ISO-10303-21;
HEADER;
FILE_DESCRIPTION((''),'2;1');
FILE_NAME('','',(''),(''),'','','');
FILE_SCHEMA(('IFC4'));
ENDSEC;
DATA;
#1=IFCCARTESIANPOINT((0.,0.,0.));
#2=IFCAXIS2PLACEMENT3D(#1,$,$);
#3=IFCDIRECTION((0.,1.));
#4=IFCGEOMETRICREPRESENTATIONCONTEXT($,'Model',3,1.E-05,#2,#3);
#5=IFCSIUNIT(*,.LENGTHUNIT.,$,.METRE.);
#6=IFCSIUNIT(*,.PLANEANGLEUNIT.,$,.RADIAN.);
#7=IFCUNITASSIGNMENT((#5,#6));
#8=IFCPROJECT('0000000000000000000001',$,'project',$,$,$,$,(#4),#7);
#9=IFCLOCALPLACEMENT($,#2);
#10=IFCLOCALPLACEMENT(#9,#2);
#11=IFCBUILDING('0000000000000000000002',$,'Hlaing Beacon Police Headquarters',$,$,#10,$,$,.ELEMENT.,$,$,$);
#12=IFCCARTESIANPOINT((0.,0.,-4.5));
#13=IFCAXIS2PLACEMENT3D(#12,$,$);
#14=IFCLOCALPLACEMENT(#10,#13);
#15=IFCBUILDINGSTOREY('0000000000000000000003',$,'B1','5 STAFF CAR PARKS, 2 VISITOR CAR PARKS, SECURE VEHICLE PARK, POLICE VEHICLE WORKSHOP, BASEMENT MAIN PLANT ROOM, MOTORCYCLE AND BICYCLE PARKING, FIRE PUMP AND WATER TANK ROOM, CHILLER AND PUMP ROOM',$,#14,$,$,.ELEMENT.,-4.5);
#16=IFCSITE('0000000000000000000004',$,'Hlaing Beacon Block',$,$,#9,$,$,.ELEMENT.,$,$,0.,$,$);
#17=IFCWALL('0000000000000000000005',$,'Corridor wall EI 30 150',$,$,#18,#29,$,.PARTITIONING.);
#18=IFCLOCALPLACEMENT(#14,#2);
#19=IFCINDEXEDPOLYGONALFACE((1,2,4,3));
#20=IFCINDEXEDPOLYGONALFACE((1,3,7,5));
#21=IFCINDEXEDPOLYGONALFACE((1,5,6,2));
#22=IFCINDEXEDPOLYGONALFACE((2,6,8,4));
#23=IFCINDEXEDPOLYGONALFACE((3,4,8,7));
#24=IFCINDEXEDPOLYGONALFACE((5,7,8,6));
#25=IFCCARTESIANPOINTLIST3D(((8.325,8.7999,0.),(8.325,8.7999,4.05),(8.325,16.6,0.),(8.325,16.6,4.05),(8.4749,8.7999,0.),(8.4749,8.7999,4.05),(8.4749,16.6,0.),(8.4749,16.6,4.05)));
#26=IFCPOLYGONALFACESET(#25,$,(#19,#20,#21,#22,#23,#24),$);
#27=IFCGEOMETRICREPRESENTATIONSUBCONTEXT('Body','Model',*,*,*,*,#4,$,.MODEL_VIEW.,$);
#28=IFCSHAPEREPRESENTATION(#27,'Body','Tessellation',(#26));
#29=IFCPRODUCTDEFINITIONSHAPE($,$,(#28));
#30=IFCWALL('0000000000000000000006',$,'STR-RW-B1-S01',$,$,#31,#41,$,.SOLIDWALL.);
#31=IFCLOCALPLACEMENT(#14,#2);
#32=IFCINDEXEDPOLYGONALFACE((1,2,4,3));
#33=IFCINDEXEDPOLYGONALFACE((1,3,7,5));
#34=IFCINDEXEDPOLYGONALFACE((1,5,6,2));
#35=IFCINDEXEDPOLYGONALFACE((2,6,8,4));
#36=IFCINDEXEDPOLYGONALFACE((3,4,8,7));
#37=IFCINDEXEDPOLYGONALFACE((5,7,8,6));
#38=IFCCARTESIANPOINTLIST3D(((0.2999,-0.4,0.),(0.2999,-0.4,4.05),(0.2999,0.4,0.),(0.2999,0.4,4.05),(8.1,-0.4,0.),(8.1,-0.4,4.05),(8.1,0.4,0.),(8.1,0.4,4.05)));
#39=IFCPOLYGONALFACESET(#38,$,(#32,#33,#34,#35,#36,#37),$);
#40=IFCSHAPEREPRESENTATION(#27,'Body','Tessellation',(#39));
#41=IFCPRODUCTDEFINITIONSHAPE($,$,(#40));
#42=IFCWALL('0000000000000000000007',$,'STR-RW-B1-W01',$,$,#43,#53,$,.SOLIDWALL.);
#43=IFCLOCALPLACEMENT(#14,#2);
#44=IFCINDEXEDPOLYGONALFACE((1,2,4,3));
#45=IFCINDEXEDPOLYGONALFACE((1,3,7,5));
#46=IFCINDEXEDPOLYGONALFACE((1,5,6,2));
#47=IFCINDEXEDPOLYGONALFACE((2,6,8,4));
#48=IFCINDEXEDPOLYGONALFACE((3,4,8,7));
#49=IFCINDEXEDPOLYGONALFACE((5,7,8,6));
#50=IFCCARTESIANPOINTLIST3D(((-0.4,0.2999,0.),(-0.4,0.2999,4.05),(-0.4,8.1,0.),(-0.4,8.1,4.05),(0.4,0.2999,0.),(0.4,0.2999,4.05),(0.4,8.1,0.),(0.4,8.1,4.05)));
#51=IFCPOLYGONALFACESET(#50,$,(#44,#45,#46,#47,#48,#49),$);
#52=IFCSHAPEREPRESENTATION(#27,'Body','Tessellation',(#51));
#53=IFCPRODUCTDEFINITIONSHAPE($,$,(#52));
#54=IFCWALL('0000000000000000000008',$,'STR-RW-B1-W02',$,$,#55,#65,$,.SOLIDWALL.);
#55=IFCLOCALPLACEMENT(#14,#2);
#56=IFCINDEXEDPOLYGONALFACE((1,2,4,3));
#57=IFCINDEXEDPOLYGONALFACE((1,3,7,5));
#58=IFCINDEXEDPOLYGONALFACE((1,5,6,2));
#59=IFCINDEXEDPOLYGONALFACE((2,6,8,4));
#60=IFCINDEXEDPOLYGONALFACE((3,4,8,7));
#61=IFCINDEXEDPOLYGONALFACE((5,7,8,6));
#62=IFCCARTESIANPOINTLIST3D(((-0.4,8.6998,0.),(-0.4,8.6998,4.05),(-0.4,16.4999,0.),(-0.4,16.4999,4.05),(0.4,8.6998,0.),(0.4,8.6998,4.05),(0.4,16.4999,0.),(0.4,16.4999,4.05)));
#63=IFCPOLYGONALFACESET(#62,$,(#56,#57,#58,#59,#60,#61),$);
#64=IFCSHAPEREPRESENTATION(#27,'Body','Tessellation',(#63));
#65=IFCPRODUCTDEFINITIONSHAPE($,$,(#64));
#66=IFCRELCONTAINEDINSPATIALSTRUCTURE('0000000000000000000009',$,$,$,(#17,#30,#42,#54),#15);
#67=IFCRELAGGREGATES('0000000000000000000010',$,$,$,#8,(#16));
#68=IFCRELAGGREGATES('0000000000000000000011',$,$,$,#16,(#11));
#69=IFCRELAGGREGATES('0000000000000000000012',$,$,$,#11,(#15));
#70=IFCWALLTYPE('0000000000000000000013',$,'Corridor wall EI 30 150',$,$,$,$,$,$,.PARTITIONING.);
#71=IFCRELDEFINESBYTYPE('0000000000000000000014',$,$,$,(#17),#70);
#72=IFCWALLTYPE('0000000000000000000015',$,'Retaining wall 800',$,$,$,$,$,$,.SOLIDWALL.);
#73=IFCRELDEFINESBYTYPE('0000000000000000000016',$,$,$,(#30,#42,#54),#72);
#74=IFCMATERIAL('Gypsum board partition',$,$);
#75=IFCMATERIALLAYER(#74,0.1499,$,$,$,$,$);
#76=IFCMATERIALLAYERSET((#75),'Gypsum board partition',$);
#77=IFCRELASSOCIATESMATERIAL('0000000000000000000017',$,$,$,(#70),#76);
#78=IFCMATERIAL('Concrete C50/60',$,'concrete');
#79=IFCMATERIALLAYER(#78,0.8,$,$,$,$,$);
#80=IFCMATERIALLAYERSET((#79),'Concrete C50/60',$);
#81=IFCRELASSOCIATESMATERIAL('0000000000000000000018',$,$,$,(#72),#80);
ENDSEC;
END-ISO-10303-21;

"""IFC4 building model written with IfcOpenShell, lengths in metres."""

from ifc_helpers import new_model, si_unit, direction, frame, frame_2d, origin, place, context, subcontext, project, spatial, rectangle, extrude, material, layer, layer_set, type_object, element, save


model = new_model("IFC4")

# Units and contexts
model_context = context("Model", 3, precision=1e-05, world=origin(), true_north=direction((0.0, 1.0)))
body_context = subcontext(model_context, "Body", "Model", "MODEL_VIEW")
ifc_project = project(units=[si_unit("LENGTHUNIT", "METRE"), si_unit("PLANEANGLEUNIT", "RADIAN")], contexts=[model_context])

# Site, building, storey
site_placement = place(None, origin())
site = spatial("IfcSite", under=ifc_project, at=site_placement, Name="Hlaing Beacon Block", CompositionType="ELEMENT", RefElevation=0.0)
building_placement = place(site_placement, origin())
building = spatial("IfcBuilding", under=site, at=building_placement, Name="Hlaing Beacon Police Headquarters", CompositionType="ELEMENT")
storey_placement = place(building_placement, frame((0.0, 0.0, -4.5)))
storey = spatial("IfcBuildingStorey", under=building, at=storey_placement, Name="B1", Description="5 STAFF CAR PARKS, 2 VISITOR CAR PARKS, SECURE VEHICLE PARK, POLICE VEHICLE WORKSHOP, BASEMENT MAIN PLANT ROOM, MOTORCYCLE AND BICYCLE PARKING, FIRE PUMP AND WATER TANK ROOM, CHILLER AND PUMP ROOM", CompositionType="ELEMENT", Elevation=-4.5)

# Walls
ifc_material_1 = material(Name="Gypsum board partition")
ifc_layer_1 = layer(ifc_material_1, 0.1499)
ifc_layer_set_1 = layer_set([ifc_layer_1], Name="Gypsum board partition")
wall_type_1 = type_object("IfcWallType", Name="Corridor wall EI 30 150", PredefinedType="PARTITIONING", material=ifc_layer_set_1)
wall_1_placement = place(storey_placement, frame((8.3999, 8.8, 0.0), z_axis=(0.0, 0.0, 1.0), x_axis=(0.0, 1.0, 0.0)))
element("IfcWall", 1, at=wall_1_placement, inside=storey, type_object=wall_type_1, Name="Corridor wall EI 30 150", PredefinedType="PARTITIONING", context=body_context, shape_type="SweptSolid", body=[
    extrude(rectangle(XDim=7.8, YDim=0.1499, at=frame_2d((3.8999, 0.0))), origin(), (0.0, 0.0, 1.0), 4.05),
])
ifc_material_2 = material(Name="Concrete C50/60", Category="concrete")
ifc_layer_2 = layer(ifc_material_2, 0.8)
ifc_layer_set_2 = layer_set([ifc_layer_2], Name="Concrete C50/60")
wall_type_2 = type_object("IfcWallType", Name="Retaining wall 800", PredefinedType="SOLIDWALL", material=ifc_layer_set_2)
for number, where, z_axis, x_axis, name in (
    (2, (0.3, 0.0, 0.0), (0.0, 0.0, 1.0), (1.0, 0.0, 0.0), "STR-RW-B1-S01"),
    (3, (0.0, 0.3, 0.0), (0.0, 0.0, 1.0), (0.0, 1.0, 0.0), "STR-RW-B1-W01"),
    (4, (0.0, 8.7, 0.0), (0.0, 0.0, 1.0), (0.0, 1.0, 0.0), "STR-RW-B1-W02"),
):
    element("IfcWall", number, at=place(storey_placement, frame(where, z_axis=z_axis, x_axis=x_axis)), inside=storey, type_object=wall_type_2, Name=name, PredefinedType="SOLIDWALL", context=body_context, shape_type="SweptSolid", body=[
        extrude(rectangle(XDim=7.8, YDim=0.8, at=frame_2d((3.8999, 0.0))), origin(), (0.0, 0.0, 1.0), 4.05),
    ])

save(model, "model.ifc")
